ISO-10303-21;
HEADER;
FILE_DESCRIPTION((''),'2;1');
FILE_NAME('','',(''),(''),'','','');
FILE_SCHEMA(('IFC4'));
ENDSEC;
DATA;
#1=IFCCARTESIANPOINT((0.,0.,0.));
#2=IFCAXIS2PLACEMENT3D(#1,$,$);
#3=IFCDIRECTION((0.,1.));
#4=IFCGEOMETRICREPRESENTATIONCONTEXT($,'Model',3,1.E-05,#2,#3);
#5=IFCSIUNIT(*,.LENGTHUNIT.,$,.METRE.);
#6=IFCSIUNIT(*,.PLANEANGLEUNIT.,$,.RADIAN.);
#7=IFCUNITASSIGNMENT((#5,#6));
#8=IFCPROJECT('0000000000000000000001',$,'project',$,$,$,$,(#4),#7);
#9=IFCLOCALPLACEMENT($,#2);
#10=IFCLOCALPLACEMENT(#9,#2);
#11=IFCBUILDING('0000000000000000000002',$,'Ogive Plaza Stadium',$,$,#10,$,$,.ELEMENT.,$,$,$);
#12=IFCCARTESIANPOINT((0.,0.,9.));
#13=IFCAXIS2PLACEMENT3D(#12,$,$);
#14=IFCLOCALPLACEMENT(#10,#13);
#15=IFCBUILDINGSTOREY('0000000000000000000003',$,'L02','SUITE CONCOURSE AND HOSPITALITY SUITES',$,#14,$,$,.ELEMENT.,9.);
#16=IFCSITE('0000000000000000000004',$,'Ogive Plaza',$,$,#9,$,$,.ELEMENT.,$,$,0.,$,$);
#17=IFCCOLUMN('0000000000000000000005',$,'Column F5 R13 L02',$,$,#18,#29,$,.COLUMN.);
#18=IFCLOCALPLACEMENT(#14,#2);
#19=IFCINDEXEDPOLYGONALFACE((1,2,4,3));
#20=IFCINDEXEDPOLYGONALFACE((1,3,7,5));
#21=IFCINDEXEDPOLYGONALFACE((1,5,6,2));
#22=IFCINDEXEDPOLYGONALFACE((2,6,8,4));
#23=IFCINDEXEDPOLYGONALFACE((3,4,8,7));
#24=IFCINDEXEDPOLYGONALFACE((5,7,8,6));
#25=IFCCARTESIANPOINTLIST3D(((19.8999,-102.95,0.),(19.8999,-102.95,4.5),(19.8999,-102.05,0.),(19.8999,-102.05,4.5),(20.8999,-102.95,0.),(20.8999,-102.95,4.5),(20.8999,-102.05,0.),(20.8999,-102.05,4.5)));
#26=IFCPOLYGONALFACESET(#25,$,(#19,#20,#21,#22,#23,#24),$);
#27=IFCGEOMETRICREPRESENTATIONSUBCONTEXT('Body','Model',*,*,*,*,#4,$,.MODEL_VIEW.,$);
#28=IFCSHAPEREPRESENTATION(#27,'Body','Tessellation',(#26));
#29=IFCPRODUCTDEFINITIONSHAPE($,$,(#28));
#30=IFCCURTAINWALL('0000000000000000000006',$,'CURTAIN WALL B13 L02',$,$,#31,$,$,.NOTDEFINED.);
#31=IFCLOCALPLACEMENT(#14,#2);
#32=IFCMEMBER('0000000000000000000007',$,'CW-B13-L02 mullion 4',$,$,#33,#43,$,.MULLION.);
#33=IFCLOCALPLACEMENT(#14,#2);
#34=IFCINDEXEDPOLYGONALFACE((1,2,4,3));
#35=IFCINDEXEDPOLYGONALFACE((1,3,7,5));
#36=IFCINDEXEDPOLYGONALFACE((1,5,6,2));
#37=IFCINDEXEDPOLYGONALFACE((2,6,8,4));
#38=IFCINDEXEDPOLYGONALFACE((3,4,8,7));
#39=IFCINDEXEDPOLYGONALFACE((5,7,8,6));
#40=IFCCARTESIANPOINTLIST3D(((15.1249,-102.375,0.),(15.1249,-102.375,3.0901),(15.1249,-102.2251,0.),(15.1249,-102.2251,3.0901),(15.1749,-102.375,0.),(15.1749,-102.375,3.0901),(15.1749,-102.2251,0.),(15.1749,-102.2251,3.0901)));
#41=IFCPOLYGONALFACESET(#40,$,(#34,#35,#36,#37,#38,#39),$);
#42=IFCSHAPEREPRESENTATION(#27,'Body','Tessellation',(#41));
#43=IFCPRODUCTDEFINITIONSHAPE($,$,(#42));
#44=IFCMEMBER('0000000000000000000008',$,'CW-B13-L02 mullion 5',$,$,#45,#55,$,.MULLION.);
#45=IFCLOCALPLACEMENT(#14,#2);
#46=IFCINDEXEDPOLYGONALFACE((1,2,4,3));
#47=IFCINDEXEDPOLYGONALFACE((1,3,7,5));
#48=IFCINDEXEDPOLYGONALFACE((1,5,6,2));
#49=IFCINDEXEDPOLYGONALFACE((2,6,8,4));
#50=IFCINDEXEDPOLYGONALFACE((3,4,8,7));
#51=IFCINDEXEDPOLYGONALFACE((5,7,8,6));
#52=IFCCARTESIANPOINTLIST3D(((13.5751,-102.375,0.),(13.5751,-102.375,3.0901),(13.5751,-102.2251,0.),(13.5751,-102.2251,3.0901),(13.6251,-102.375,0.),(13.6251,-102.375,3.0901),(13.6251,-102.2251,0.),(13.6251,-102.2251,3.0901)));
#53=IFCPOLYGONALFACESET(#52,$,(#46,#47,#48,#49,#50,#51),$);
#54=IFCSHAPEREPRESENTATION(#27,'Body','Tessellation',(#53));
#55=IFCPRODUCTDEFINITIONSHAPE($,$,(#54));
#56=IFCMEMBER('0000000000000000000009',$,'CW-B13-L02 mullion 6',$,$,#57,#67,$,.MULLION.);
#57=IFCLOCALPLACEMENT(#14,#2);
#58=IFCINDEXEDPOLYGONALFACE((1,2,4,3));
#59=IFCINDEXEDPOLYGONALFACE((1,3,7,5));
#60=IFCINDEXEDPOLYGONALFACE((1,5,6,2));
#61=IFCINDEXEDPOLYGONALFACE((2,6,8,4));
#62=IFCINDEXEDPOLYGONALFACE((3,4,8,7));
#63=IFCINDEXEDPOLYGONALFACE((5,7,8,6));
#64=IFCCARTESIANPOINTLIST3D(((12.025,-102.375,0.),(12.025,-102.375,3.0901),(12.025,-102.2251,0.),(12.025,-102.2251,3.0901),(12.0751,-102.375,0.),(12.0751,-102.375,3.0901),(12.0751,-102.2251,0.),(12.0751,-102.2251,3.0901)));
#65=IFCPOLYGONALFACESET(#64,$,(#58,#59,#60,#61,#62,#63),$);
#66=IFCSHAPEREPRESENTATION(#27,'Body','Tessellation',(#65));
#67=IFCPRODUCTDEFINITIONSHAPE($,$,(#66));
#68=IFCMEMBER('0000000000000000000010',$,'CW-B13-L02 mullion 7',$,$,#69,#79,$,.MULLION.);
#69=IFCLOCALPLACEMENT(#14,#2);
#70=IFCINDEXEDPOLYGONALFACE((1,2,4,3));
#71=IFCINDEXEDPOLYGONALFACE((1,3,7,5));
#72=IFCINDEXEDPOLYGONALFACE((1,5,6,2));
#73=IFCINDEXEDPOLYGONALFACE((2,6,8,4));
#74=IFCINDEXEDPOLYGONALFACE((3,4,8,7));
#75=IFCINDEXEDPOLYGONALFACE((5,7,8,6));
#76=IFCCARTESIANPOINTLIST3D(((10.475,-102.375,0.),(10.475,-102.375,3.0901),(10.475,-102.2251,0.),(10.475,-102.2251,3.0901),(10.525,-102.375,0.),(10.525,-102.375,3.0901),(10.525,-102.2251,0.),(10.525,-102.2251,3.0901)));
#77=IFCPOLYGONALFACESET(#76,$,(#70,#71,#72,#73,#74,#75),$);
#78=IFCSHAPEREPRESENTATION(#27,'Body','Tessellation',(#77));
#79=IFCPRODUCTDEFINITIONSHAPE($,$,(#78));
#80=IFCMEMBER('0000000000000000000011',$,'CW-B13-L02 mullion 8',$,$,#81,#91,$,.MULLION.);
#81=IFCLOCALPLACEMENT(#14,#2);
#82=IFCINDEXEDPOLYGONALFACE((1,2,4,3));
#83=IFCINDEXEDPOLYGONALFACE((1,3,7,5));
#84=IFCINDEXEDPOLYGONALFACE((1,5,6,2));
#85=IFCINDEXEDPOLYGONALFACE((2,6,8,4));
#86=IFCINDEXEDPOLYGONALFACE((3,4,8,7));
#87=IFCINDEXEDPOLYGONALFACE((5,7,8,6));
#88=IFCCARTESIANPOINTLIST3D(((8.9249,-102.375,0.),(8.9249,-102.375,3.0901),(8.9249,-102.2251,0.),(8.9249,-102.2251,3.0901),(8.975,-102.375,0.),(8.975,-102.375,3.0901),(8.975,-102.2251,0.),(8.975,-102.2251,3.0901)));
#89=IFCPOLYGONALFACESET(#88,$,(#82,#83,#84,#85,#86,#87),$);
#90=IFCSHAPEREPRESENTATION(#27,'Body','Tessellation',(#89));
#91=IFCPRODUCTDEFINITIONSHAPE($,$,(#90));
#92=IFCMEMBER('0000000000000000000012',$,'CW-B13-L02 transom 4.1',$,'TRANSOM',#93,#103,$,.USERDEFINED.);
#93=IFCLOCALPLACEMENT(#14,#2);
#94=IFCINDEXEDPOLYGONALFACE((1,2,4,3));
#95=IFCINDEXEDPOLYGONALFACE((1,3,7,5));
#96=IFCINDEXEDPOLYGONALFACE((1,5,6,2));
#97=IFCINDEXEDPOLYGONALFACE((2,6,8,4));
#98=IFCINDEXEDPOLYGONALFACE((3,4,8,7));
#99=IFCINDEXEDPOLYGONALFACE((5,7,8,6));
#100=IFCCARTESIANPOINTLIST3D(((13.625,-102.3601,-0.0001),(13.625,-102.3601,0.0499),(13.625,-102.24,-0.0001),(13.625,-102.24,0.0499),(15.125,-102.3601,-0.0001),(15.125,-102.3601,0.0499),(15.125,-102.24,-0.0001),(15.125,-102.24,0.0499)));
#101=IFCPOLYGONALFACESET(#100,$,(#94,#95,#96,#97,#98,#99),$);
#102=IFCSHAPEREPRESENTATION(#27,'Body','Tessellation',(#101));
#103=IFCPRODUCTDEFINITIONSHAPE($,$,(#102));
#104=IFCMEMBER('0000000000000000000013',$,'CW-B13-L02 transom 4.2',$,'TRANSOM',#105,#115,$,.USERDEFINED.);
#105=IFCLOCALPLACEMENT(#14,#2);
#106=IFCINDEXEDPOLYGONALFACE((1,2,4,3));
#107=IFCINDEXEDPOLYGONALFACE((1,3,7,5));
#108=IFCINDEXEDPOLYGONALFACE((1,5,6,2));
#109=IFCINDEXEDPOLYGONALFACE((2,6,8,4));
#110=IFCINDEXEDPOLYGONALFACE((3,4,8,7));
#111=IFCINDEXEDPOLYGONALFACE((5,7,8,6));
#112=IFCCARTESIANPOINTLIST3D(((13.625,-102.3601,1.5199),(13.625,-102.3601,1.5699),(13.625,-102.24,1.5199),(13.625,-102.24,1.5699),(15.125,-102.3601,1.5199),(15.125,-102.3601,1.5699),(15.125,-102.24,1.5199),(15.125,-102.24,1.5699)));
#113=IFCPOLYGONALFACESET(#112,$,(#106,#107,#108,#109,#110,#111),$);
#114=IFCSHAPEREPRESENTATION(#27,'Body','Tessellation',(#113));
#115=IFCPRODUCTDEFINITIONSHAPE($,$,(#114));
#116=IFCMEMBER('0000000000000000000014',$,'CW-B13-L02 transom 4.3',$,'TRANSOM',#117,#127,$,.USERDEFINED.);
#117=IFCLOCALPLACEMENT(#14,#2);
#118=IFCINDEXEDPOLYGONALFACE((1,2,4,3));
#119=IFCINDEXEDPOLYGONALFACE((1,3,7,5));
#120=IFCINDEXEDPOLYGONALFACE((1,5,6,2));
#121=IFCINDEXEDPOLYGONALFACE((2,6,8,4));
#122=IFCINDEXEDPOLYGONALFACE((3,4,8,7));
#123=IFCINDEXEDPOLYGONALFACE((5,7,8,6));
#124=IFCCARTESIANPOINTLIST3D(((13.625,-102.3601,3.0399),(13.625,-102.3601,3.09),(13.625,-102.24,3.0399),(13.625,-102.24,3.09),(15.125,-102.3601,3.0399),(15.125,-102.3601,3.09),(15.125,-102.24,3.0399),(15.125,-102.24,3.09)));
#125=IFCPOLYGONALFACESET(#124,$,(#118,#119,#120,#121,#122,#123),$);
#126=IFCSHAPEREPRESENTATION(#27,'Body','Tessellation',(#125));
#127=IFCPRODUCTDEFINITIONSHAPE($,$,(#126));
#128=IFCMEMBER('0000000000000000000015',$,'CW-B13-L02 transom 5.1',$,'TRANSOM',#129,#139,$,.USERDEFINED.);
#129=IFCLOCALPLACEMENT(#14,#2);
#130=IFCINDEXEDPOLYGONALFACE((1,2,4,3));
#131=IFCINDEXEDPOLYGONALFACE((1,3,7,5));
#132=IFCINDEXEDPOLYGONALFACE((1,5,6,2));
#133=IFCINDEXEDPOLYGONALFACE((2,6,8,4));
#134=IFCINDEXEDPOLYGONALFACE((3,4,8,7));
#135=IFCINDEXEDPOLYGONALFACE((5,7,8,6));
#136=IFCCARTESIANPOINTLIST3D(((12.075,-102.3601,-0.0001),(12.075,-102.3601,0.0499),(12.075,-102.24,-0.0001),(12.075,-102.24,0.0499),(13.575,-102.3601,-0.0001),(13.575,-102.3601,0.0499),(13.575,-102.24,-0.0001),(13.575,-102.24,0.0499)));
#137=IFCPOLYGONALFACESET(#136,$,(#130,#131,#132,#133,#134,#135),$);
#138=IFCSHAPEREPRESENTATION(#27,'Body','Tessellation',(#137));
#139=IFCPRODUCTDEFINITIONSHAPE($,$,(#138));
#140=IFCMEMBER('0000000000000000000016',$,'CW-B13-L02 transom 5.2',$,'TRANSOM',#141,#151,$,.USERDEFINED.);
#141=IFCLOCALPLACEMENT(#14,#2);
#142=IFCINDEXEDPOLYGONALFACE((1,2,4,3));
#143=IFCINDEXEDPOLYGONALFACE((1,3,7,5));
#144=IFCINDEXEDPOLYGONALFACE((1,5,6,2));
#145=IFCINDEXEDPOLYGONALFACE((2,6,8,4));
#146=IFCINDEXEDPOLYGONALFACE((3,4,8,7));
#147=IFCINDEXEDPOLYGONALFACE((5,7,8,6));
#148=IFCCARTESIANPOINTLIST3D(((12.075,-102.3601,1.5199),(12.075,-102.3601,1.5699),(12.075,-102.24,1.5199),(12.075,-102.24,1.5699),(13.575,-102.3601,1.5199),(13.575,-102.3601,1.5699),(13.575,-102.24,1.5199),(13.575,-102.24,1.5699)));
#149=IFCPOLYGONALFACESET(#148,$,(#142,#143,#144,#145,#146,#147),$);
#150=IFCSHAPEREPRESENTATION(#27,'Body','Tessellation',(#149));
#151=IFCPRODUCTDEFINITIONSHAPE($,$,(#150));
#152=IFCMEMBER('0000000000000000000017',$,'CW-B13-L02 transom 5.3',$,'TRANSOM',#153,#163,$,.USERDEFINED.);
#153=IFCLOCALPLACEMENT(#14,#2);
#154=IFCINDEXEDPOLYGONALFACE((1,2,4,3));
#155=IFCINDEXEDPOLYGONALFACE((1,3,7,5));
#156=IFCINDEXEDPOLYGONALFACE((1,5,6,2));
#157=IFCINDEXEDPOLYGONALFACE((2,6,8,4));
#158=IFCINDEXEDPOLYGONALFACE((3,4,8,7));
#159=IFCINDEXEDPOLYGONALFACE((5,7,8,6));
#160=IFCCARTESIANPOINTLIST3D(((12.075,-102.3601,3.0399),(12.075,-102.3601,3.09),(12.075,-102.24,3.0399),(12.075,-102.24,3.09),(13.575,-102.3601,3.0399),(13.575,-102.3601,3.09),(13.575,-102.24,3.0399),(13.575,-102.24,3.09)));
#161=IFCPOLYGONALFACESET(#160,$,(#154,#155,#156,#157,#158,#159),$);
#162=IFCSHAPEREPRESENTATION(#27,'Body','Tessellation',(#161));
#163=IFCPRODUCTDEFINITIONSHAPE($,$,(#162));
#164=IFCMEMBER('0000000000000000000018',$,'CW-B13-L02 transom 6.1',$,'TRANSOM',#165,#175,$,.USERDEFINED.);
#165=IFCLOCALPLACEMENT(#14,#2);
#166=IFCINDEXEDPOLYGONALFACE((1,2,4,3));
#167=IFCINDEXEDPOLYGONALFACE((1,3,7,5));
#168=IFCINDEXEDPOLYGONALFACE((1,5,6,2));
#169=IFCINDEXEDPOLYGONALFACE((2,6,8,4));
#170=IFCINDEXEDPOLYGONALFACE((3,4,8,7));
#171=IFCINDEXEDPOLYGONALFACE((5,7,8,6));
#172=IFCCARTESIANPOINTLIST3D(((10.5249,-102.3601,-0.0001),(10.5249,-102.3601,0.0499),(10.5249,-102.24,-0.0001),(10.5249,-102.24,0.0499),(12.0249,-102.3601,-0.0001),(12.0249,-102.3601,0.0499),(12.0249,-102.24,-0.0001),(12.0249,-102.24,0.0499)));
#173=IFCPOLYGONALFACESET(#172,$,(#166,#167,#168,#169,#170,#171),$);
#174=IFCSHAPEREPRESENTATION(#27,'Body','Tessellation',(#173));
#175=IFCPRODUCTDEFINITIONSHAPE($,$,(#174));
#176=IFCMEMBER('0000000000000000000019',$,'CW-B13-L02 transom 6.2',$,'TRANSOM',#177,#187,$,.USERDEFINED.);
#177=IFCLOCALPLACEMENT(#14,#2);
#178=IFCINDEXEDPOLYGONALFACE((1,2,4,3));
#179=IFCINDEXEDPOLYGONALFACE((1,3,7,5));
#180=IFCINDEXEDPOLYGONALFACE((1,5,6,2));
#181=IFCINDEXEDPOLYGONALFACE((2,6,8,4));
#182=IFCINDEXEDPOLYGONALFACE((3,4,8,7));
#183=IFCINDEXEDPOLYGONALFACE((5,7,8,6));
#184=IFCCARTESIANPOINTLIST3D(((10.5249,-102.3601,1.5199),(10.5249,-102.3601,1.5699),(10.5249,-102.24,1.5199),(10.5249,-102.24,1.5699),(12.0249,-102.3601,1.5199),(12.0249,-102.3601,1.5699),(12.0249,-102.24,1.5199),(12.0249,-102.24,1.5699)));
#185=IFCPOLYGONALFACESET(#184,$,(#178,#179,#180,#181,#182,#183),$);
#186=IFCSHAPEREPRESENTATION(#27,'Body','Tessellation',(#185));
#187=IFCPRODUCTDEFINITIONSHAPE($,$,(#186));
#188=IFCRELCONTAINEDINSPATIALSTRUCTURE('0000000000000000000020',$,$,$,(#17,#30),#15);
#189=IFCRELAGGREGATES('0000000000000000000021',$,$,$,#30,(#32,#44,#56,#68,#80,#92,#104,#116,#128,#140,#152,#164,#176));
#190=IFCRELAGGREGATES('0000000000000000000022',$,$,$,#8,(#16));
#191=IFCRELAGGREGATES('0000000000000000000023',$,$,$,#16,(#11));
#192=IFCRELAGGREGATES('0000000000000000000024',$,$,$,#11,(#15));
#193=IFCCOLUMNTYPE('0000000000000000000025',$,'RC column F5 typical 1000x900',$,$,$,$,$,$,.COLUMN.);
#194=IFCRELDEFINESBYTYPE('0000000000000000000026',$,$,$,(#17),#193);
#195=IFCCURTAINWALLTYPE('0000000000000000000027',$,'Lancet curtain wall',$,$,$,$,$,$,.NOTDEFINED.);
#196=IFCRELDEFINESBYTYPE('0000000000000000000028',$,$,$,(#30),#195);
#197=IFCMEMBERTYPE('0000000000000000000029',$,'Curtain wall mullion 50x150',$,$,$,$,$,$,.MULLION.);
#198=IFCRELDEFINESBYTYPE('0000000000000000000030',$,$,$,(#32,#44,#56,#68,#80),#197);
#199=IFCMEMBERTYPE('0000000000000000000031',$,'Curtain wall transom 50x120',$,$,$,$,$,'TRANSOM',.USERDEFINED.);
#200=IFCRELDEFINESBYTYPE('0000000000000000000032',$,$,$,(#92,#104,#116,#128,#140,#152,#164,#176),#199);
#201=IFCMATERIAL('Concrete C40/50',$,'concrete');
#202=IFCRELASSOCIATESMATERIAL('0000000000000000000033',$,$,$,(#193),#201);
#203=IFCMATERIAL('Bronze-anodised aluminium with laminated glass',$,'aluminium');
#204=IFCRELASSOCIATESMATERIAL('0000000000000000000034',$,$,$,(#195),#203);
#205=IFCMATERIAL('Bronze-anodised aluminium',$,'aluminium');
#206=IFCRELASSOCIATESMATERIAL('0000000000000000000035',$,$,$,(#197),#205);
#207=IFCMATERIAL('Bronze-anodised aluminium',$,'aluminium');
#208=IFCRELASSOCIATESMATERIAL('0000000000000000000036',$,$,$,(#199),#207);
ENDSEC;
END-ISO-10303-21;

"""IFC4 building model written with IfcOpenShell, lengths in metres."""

from ifc_helpers import new_model, si_unit, direction, frame, origin, origin_2d, place, context, subcontext, project, spatial, rectangle, extrude, material, material_profile, profile_set, type_object, element, aggregate, save


model = new_model("IFC4")

# Units and contexts
model_context = context("Model", 3, precision=1e-05, world=origin(), true_north=direction((0.0, 1.0)))
body_context = subcontext(model_context, "Body", "Model", "MODEL_VIEW")
ifc_project = project(units=[si_unit("LENGTHUNIT", "METRE"), si_unit("PLANEANGLEUNIT", "RADIAN")], contexts=[model_context])

# Site, building, storey
site_placement = place(None, origin())
site = spatial("IfcSite", under=ifc_project, at=site_placement, Name="Ogive Plaza", CompositionType="ELEMENT", RefElevation=0.0)
building_placement = place(site_placement, origin())
building = spatial("IfcBuilding", under=site, at=building_placement, Name="Ogive Plaza Stadium", CompositionType="ELEMENT")
storey_placement = place(building_placement, frame((0.0, 0.0, 9.0)))
storey = spatial("IfcBuildingStorey", under=building, at=storey_placement, Name="L02", Description="SUITE CONCOURSE AND HOSPITALITY SUITES", CompositionType="ELEMENT", Elevation=9.0)

# Column
ifc_material_1 = material(Name="Concrete C40/50", Category="concrete")
ifc_material_profile_1 = material_profile(ifc_material_1, rectangle(XDim=1.0, YDim=0.8999, at=origin_2d()), Name="RC 1000x900")
ifc_profile_set_1 = profile_set([ifc_material_profile_1], Name="Concrete C40/50")
column_type = type_object("IfcColumnType", Name="RC column F5 typical 1000x900", PredefinedType="COLUMN", material=ifc_profile_set_1)
column_placement = place(storey_placement, frame((20.3999, -102.5, 0.0), z_axis=(0.0, 0.0, 1.0), x_axis=(1.0, 0.0, 0.0)))
element("IfcColumn", 1, at=column_placement, inside=storey, type_object=column_type, Name="Column F5 R13 L02", PredefinedType="COLUMN", context=body_context, shape_type="SweptSolid", body=[
    extrude(rectangle(XDim=1.0, YDim=0.8999, at=origin_2d()), origin(), (0.0, 0.0, 1.0), 4.5),
])

# Curtain wall, members
ifc_material_2 = material(Name="Bronze-anodised aluminium with laminated glass", Category="aluminium")
curtain_wall_type = type_object("IfcCurtainWallType", Name="Lancet curtain wall", PredefinedType="NOTDEFINED", material=ifc_material_2)
curtain_wall_placement = place(storey_placement, origin())
curtain_wall = element("IfcCurtainWall", 2, at=curtain_wall_placement, inside=storey, type_object=curtain_wall_type, Name="CURTAIN WALL B13 L02", PredefinedType="NOTDEFINED")
ifc_material_3 = material(Name="Bronze-anodised aluminium", Category="aluminium")
ifc_material_profile_2 = material_profile(ifc_material_3, rectangle(XDim=0.1499, YDim=0.05, at=origin_2d()), Name="AL 150x50")
ifc_profile_set_2 = profile_set([ifc_material_profile_2], Name="Bronze-anodised aluminium")
member_type_1 = type_object("IfcMemberType", Name="Curtain wall mullion 50x150", PredefinedType="MULLION", material=ifc_profile_set_2)
member_1_placement = place(storey_placement, frame((15.1499, -102.3, 0.0), z_axis=(0.0, 0.0, 1.0), x_axis=(0.0, -1.0, 0.0)))
member_1 = element("IfcMember", 3, at=member_1_placement, type_object=member_type_1, Name="CW-B13-L02 mullion 4", PredefinedType="MULLION", context=body_context, shape_type="SweptSolid", body=[
    extrude(rectangle(XDim=0.1499, YDim=0.05, at=origin_2d()), origin(), (0.0, 0.0, 1.0), 3.0901),
])
member_2_placement = place(storey_placement, frame((13.6001, -102.3, 0.0), z_axis=(0.0, 0.0, 1.0), x_axis=(0.0, -1.0, 0.0)))
member_2 = element("IfcMember", 4, at=member_2_placement, type_object=member_type_1, Name="CW-B13-L02 mullion 5", PredefinedType="MULLION", context=body_context, shape_type="SweptSolid", body=[
    extrude(rectangle(XDim=0.1499, YDim=0.05, at=origin_2d()), origin(), (0.0, 0.0, 1.0), 3.0901),
])
member_3_placement = place(storey_placement, frame((12.05, -102.3, 0.0), z_axis=(0.0, 0.0, 1.0), x_axis=(0.0, -1.0, 0.0)))
member_3 = element("IfcMember", 5, at=member_3_placement, type_object=member_type_1, Name="CW-B13-L02 mullion 6", PredefinedType="MULLION", context=body_context, shape_type="SweptSolid", body=[
    extrude(rectangle(XDim=0.1499, YDim=0.05, at=origin_2d()), origin(), (0.0, 0.0, 1.0), 3.0901),
])
member_4_placement = place(storey_placement, frame((10.5, -102.3, 0.0), z_axis=(0.0, 0.0, 1.0), x_axis=(0.0, -1.0, 0.0)))
member_4 = element("IfcMember", 6, at=member_4_placement, type_object=member_type_1, Name="CW-B13-L02 mullion 7", PredefinedType="MULLION", context=body_context, shape_type="SweptSolid", body=[
    extrude(rectangle(XDim=0.1499, YDim=0.05, at=origin_2d()), origin(), (0.0, 0.0, 1.0), 3.0901),
])
member_5_placement = place(storey_placement, frame((8.95, -102.3, 0.0), z_axis=(0.0, 0.0, 1.0), x_axis=(0.0, -1.0, 0.0)))
member_5 = element("IfcMember", 7, at=member_5_placement, type_object=member_type_1, Name="CW-B13-L02 mullion 8", PredefinedType="MULLION", context=body_context, shape_type="SweptSolid", body=[
    extrude(rectangle(XDim=0.1499, YDim=0.05, at=origin_2d()), origin(), (0.0, 0.0, 1.0), 3.0901),
])
ifc_material_4 = material(Name="Bronze-anodised aluminium", Category="aluminium")
ifc_material_profile_3 = material_profile(ifc_material_4, rectangle(XDim=0.1201, YDim=0.05, at=origin_2d()), Name="AL 120x50")
ifc_profile_set_3 = profile_set([ifc_material_profile_3], Name="Bronze-anodised aluminium")
member_type_2 = type_object("IfcMemberType", Name="Curtain wall transom 50x120", ElementType="TRANSOM", PredefinedType="USERDEFINED", material=ifc_profile_set_3)
member_6_placement = place(storey_placement, frame((15.125, -102.3, 0.0249), z_axis=(-1.0, 0.0, 0.0), x_axis=(0.0, -1.0, 0.0)))
member_6 = element("IfcMember", 8, at=member_6_placement, type_object=member_type_2, Name="CW-B13-L02 transom 4.1", ObjectType="TRANSOM", PredefinedType="USERDEFINED", context=body_context, shape_type="SweptSolid", body=[
    extrude(rectangle(XDim=0.1201, YDim=0.05, at=origin_2d()), origin(), (0.0, 0.0, 1.0), 1.5),
])
member_7_placement = place(storey_placement, frame((15.125, -102.3, 1.5449), z_axis=(-1.0, 0.0, 0.0), x_axis=(0.0, -1.0, 0.0)))
member_7 = element("IfcMember", 9, at=member_7_placement, type_object=member_type_2, Name="CW-B13-L02 transom 4.2", ObjectType="TRANSOM", PredefinedType="USERDEFINED", context=body_context, shape_type="SweptSolid", body=[
    extrude(rectangle(XDim=0.1201, YDim=0.05, at=origin_2d()), origin(), (0.0, 0.0, 1.0), 1.5),
])
member_8_placement = place(storey_placement, frame((15.125, -102.3, 3.0649), z_axis=(-1.0, 0.0, 0.0), x_axis=(0.0, -1.0, 0.0)))
member_8 = element("IfcMember", 10, at=member_8_placement, type_object=member_type_2, Name="CW-B13-L02 transom 4.3", ObjectType="TRANSOM", PredefinedType="USERDEFINED", context=body_context, shape_type="SweptSolid", body=[
    extrude(rectangle(XDim=0.1201, YDim=0.05, at=origin_2d()), origin(), (0.0, 0.0, 1.0), 1.5),
])
member_9_placement = place(storey_placement, frame((13.575, -102.3, 0.0249), z_axis=(-1.0, 0.0, 0.0), x_axis=(0.0, -1.0, 0.0)))
member_9 = element("IfcMember", 11, at=member_9_placement, type_object=member_type_2, Name="CW-B13-L02 transom 5.1", ObjectType="TRANSOM", PredefinedType="USERDEFINED", context=body_context, shape_type="SweptSolid", body=[
    extrude(rectangle(XDim=0.1201, YDim=0.05, at=origin_2d()), origin(), (0.0, 0.0, 1.0), 1.5),
])
member_10_placement = place(storey_placement, frame((13.575, -102.3, 1.5449), z_axis=(-1.0, 0.0, 0.0), x_axis=(0.0, -1.0, 0.0)))
member_10 = element("IfcMember", 12, at=member_10_placement, type_object=member_type_2, Name="CW-B13-L02 transom 5.2", ObjectType="TRANSOM", PredefinedType="USERDEFINED", context=body_context, shape_type="SweptSolid", body=[
    extrude(rectangle(XDim=0.1201, YDim=0.05, at=origin_2d()), origin(), (0.0, 0.0, 1.0), 1.5),
])
member_11_placement = place(storey_placement, frame((13.575, -102.3, 3.0649), z_axis=(-1.0, 0.0, 0.0), x_axis=(0.0, -1.0, 0.0)))
member_11 = element("IfcMember", 13, at=member_11_placement, type_object=member_type_2, Name="CW-B13-L02 transom 5.3", ObjectType="TRANSOM", PredefinedType="USERDEFINED", context=body_context, shape_type="SweptSolid", body=[
    extrude(rectangle(XDim=0.1201, YDim=0.05, at=origin_2d()), origin(), (0.0, 0.0, 1.0), 1.5),
])
member_12_placement = place(storey_placement, frame((12.0249, -102.3, 0.0249), z_axis=(-1.0, 0.0, 0.0), x_axis=(0.0, -1.0, 0.0)))
member_12 = element("IfcMember", 14, at=member_12_placement, type_object=member_type_2, Name="CW-B13-L02 transom 6.1", ObjectType="TRANSOM", PredefinedType="USERDEFINED", context=body_context, shape_type="SweptSolid", body=[
    extrude(rectangle(XDim=0.1201, YDim=0.05, at=origin_2d()), origin(), (0.0, 0.0, 1.0), 1.5),
])
member_13_placement = place(storey_placement, frame((12.0249, -102.3, 1.5449), z_axis=(-1.0, 0.0, 0.0), x_axis=(0.0, -1.0, 0.0)))
member_13 = element("IfcMember", 15, at=member_13_placement, type_object=member_type_2, Name="CW-B13-L02 transom 6.2", ObjectType="TRANSOM", PredefinedType="USERDEFINED", context=body_context, shape_type="SweptSolid", body=[
    extrude(rectangle(XDim=0.1201, YDim=0.05, at=origin_2d()), origin(), (0.0, 0.0, 1.0), 1.5),
])

aggregate(curtain_wall, [member_1, member_2, member_3, member_4, member_5, member_6, member_7, member_8, member_9, member_10, member_11, member_12, member_13])

save(model, "model.ifc")
